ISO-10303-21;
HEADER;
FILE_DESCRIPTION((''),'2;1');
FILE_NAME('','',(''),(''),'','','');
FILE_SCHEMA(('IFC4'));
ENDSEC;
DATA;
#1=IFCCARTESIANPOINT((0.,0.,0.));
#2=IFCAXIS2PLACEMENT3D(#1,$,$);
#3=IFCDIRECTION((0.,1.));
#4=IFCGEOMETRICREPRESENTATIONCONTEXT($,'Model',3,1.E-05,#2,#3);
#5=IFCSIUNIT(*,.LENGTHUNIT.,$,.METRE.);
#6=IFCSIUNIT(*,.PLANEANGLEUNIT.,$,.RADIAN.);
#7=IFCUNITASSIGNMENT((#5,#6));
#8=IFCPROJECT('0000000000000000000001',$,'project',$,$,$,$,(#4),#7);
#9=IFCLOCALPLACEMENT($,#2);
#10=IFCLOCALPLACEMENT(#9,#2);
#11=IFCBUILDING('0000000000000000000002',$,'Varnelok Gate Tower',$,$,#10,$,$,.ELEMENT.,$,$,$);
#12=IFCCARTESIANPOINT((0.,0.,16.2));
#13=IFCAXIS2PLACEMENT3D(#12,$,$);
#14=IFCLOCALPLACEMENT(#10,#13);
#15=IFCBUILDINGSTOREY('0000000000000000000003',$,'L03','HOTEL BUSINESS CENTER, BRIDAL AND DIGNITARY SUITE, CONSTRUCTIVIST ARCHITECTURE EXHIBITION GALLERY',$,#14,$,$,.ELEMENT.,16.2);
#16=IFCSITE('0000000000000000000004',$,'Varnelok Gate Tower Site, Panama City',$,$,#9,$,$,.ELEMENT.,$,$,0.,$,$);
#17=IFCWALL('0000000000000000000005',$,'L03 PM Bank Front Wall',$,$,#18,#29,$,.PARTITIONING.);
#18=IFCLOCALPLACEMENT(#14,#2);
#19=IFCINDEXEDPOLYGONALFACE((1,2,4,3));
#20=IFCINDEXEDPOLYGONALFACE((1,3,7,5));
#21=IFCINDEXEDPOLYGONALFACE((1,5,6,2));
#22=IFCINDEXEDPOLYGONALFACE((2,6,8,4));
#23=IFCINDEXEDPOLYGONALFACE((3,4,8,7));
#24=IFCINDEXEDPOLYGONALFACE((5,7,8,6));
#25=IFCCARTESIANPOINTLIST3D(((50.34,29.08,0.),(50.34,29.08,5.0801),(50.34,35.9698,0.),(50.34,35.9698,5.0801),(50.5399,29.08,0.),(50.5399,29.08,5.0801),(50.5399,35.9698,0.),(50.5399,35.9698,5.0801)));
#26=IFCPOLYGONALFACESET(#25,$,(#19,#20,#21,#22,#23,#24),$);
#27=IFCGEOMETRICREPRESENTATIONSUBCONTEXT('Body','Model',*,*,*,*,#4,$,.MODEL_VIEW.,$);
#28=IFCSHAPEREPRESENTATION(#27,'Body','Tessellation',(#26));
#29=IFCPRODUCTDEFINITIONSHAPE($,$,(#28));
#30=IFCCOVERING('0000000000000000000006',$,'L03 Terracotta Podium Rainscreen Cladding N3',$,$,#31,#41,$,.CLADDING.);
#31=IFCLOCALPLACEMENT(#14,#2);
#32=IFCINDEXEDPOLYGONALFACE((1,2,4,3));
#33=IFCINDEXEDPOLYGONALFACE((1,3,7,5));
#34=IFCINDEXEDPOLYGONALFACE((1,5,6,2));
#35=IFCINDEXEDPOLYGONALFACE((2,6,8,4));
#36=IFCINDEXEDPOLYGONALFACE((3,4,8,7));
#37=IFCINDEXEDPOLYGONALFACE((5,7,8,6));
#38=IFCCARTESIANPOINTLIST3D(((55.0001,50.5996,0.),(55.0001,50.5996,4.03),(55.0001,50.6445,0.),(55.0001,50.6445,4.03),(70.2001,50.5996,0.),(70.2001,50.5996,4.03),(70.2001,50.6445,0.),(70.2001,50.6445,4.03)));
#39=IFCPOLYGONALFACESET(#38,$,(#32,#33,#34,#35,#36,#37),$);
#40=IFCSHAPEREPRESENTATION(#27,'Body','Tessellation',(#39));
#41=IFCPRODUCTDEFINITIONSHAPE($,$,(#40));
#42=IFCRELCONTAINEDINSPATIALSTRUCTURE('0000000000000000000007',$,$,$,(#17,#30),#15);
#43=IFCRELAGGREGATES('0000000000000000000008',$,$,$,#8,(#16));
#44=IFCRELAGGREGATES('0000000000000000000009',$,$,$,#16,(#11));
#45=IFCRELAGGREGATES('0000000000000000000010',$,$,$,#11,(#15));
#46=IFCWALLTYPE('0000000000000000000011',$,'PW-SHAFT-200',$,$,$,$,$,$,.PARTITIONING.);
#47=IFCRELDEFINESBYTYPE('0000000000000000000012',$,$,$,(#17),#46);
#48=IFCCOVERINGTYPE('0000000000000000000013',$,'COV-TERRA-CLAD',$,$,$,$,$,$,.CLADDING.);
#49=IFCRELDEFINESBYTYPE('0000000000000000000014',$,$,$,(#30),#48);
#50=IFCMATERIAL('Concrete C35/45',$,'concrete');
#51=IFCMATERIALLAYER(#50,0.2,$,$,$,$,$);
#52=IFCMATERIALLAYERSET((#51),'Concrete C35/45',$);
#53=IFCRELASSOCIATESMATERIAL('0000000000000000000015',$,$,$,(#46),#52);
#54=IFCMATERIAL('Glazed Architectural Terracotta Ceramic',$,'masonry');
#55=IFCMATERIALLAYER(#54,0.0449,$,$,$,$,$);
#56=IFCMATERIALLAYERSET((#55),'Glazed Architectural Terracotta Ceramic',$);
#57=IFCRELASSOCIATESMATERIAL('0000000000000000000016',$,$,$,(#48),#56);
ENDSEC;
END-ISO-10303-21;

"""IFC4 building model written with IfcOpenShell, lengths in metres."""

from ifc_helpers import new_model, si_unit, direction, frame, frame_2d, origin, origin_2d, place, context, subcontext, project, spatial, rectangle, extrude, source, transform, mapped, material, layer, layer_set, type_object, element, save


model = new_model("IFC4")

# Units and contexts
model_context = context("Model", 3, precision=1e-05, world=origin(), true_north=direction((0.0, 1.0)))
body_context = subcontext(model_context, "Body", "Model", "MODEL_VIEW")
ifc_project = project(units=[si_unit("LENGTHUNIT", "METRE"), si_unit("PLANEANGLEUNIT", "RADIAN")], contexts=[model_context])

# Site, building, storey
site_placement = place(None, origin())
site = spatial("IfcSite", under=ifc_project, at=site_placement, Name="Varnelok Gate Tower Site, Panama City", CompositionType="ELEMENT", RefElevation=0.0)
building_placement = place(site_placement, origin())
building = spatial("IfcBuilding", under=site, at=building_placement, Name="Varnelok Gate Tower", CompositionType="ELEMENT")
storey_placement = place(building_placement, frame((0.0, 0.0, 16.2)))
storey = spatial("IfcBuildingStorey", under=building, at=storey_placement, Name="L03", Description="HOTEL BUSINESS CENTER, BRIDAL AND DIGNITARY SUITE, CONSTRUCTIVIST ARCHITECTURE EXHIBITION GALLERY", CompositionType="ELEMENT", Elevation=16.2)

# Wall
ifc_material_1 = material(Name="Concrete C35/45", Category="concrete")
ifc_layer_1 = layer(ifc_material_1, 0.2)
ifc_layer_set_1 = layer_set([ifc_layer_1], Name="Concrete C35/45")
wall_type_1 = type_object("IfcWallType", Name="PW-SHAFT-200", PredefinedType="PARTITIONING", material=ifc_layer_set_1)
wall_1_placement = place(storey_placement, frame((50.4399, 29.0801, 0.0), z_axis=(0.0, 0.0, 1.0), x_axis=(0.0, 1.0, 0.0)))
element("IfcWall", 1, at=wall_1_placement, inside=storey, type_object=wall_type_1, Name="L03 PM Bank Front Wall", PredefinedType="PARTITIONING", context=body_context, shape_type="SweptSolid", body=[
    extrude(rectangle(XDim=6.8899, YDim=0.2, at=frame_2d((3.4448, 0.0))), origin(), (0.0, 0.0, 1.0), 5.0801),
])

# Covering
ifc_material_2 = material(Name="Glazed Architectural Terracotta Ceramic", Category="masonry")
ifc_layer_2 = layer(ifc_material_2, 0.0449)
ifc_layer_set_2 = layer_set([ifc_layer_2], Name="Glazed Architectural Terracotta Ceramic")
covering_type = type_object("IfcCoveringType", Name="COV-TERRA-CLAD", PredefinedType="CLADDING", material=ifc_layer_set_2)
shared_shape = source(origin(), body_context, "Body", "SweptSolid", [
    extrude(rectangle(XDim=15.2, YDim=0.0449, at=origin_2d()), origin(), (0.0, 0.0, 1.0), 4.03),
])
covering_placement = place(storey_placement, frame((62.6001, 50.6221, 0.0), z_axis=(0.0, 0.0, 1.0), x_axis=(1.0, 0.0, 0.0)))
element("IfcCovering", 2, at=covering_placement, inside=storey, type_object=covering_type, Name="L03 Terracotta Podium Rainscreen Cladding N3", PredefinedType="CLADDING", context=body_context, shape_type="MappedRepresentation", body=[
    mapped(shared_shape, transform((0.0, 0.0, 0.0), scale=1.0)),
])

save(model, "model.ifc")
